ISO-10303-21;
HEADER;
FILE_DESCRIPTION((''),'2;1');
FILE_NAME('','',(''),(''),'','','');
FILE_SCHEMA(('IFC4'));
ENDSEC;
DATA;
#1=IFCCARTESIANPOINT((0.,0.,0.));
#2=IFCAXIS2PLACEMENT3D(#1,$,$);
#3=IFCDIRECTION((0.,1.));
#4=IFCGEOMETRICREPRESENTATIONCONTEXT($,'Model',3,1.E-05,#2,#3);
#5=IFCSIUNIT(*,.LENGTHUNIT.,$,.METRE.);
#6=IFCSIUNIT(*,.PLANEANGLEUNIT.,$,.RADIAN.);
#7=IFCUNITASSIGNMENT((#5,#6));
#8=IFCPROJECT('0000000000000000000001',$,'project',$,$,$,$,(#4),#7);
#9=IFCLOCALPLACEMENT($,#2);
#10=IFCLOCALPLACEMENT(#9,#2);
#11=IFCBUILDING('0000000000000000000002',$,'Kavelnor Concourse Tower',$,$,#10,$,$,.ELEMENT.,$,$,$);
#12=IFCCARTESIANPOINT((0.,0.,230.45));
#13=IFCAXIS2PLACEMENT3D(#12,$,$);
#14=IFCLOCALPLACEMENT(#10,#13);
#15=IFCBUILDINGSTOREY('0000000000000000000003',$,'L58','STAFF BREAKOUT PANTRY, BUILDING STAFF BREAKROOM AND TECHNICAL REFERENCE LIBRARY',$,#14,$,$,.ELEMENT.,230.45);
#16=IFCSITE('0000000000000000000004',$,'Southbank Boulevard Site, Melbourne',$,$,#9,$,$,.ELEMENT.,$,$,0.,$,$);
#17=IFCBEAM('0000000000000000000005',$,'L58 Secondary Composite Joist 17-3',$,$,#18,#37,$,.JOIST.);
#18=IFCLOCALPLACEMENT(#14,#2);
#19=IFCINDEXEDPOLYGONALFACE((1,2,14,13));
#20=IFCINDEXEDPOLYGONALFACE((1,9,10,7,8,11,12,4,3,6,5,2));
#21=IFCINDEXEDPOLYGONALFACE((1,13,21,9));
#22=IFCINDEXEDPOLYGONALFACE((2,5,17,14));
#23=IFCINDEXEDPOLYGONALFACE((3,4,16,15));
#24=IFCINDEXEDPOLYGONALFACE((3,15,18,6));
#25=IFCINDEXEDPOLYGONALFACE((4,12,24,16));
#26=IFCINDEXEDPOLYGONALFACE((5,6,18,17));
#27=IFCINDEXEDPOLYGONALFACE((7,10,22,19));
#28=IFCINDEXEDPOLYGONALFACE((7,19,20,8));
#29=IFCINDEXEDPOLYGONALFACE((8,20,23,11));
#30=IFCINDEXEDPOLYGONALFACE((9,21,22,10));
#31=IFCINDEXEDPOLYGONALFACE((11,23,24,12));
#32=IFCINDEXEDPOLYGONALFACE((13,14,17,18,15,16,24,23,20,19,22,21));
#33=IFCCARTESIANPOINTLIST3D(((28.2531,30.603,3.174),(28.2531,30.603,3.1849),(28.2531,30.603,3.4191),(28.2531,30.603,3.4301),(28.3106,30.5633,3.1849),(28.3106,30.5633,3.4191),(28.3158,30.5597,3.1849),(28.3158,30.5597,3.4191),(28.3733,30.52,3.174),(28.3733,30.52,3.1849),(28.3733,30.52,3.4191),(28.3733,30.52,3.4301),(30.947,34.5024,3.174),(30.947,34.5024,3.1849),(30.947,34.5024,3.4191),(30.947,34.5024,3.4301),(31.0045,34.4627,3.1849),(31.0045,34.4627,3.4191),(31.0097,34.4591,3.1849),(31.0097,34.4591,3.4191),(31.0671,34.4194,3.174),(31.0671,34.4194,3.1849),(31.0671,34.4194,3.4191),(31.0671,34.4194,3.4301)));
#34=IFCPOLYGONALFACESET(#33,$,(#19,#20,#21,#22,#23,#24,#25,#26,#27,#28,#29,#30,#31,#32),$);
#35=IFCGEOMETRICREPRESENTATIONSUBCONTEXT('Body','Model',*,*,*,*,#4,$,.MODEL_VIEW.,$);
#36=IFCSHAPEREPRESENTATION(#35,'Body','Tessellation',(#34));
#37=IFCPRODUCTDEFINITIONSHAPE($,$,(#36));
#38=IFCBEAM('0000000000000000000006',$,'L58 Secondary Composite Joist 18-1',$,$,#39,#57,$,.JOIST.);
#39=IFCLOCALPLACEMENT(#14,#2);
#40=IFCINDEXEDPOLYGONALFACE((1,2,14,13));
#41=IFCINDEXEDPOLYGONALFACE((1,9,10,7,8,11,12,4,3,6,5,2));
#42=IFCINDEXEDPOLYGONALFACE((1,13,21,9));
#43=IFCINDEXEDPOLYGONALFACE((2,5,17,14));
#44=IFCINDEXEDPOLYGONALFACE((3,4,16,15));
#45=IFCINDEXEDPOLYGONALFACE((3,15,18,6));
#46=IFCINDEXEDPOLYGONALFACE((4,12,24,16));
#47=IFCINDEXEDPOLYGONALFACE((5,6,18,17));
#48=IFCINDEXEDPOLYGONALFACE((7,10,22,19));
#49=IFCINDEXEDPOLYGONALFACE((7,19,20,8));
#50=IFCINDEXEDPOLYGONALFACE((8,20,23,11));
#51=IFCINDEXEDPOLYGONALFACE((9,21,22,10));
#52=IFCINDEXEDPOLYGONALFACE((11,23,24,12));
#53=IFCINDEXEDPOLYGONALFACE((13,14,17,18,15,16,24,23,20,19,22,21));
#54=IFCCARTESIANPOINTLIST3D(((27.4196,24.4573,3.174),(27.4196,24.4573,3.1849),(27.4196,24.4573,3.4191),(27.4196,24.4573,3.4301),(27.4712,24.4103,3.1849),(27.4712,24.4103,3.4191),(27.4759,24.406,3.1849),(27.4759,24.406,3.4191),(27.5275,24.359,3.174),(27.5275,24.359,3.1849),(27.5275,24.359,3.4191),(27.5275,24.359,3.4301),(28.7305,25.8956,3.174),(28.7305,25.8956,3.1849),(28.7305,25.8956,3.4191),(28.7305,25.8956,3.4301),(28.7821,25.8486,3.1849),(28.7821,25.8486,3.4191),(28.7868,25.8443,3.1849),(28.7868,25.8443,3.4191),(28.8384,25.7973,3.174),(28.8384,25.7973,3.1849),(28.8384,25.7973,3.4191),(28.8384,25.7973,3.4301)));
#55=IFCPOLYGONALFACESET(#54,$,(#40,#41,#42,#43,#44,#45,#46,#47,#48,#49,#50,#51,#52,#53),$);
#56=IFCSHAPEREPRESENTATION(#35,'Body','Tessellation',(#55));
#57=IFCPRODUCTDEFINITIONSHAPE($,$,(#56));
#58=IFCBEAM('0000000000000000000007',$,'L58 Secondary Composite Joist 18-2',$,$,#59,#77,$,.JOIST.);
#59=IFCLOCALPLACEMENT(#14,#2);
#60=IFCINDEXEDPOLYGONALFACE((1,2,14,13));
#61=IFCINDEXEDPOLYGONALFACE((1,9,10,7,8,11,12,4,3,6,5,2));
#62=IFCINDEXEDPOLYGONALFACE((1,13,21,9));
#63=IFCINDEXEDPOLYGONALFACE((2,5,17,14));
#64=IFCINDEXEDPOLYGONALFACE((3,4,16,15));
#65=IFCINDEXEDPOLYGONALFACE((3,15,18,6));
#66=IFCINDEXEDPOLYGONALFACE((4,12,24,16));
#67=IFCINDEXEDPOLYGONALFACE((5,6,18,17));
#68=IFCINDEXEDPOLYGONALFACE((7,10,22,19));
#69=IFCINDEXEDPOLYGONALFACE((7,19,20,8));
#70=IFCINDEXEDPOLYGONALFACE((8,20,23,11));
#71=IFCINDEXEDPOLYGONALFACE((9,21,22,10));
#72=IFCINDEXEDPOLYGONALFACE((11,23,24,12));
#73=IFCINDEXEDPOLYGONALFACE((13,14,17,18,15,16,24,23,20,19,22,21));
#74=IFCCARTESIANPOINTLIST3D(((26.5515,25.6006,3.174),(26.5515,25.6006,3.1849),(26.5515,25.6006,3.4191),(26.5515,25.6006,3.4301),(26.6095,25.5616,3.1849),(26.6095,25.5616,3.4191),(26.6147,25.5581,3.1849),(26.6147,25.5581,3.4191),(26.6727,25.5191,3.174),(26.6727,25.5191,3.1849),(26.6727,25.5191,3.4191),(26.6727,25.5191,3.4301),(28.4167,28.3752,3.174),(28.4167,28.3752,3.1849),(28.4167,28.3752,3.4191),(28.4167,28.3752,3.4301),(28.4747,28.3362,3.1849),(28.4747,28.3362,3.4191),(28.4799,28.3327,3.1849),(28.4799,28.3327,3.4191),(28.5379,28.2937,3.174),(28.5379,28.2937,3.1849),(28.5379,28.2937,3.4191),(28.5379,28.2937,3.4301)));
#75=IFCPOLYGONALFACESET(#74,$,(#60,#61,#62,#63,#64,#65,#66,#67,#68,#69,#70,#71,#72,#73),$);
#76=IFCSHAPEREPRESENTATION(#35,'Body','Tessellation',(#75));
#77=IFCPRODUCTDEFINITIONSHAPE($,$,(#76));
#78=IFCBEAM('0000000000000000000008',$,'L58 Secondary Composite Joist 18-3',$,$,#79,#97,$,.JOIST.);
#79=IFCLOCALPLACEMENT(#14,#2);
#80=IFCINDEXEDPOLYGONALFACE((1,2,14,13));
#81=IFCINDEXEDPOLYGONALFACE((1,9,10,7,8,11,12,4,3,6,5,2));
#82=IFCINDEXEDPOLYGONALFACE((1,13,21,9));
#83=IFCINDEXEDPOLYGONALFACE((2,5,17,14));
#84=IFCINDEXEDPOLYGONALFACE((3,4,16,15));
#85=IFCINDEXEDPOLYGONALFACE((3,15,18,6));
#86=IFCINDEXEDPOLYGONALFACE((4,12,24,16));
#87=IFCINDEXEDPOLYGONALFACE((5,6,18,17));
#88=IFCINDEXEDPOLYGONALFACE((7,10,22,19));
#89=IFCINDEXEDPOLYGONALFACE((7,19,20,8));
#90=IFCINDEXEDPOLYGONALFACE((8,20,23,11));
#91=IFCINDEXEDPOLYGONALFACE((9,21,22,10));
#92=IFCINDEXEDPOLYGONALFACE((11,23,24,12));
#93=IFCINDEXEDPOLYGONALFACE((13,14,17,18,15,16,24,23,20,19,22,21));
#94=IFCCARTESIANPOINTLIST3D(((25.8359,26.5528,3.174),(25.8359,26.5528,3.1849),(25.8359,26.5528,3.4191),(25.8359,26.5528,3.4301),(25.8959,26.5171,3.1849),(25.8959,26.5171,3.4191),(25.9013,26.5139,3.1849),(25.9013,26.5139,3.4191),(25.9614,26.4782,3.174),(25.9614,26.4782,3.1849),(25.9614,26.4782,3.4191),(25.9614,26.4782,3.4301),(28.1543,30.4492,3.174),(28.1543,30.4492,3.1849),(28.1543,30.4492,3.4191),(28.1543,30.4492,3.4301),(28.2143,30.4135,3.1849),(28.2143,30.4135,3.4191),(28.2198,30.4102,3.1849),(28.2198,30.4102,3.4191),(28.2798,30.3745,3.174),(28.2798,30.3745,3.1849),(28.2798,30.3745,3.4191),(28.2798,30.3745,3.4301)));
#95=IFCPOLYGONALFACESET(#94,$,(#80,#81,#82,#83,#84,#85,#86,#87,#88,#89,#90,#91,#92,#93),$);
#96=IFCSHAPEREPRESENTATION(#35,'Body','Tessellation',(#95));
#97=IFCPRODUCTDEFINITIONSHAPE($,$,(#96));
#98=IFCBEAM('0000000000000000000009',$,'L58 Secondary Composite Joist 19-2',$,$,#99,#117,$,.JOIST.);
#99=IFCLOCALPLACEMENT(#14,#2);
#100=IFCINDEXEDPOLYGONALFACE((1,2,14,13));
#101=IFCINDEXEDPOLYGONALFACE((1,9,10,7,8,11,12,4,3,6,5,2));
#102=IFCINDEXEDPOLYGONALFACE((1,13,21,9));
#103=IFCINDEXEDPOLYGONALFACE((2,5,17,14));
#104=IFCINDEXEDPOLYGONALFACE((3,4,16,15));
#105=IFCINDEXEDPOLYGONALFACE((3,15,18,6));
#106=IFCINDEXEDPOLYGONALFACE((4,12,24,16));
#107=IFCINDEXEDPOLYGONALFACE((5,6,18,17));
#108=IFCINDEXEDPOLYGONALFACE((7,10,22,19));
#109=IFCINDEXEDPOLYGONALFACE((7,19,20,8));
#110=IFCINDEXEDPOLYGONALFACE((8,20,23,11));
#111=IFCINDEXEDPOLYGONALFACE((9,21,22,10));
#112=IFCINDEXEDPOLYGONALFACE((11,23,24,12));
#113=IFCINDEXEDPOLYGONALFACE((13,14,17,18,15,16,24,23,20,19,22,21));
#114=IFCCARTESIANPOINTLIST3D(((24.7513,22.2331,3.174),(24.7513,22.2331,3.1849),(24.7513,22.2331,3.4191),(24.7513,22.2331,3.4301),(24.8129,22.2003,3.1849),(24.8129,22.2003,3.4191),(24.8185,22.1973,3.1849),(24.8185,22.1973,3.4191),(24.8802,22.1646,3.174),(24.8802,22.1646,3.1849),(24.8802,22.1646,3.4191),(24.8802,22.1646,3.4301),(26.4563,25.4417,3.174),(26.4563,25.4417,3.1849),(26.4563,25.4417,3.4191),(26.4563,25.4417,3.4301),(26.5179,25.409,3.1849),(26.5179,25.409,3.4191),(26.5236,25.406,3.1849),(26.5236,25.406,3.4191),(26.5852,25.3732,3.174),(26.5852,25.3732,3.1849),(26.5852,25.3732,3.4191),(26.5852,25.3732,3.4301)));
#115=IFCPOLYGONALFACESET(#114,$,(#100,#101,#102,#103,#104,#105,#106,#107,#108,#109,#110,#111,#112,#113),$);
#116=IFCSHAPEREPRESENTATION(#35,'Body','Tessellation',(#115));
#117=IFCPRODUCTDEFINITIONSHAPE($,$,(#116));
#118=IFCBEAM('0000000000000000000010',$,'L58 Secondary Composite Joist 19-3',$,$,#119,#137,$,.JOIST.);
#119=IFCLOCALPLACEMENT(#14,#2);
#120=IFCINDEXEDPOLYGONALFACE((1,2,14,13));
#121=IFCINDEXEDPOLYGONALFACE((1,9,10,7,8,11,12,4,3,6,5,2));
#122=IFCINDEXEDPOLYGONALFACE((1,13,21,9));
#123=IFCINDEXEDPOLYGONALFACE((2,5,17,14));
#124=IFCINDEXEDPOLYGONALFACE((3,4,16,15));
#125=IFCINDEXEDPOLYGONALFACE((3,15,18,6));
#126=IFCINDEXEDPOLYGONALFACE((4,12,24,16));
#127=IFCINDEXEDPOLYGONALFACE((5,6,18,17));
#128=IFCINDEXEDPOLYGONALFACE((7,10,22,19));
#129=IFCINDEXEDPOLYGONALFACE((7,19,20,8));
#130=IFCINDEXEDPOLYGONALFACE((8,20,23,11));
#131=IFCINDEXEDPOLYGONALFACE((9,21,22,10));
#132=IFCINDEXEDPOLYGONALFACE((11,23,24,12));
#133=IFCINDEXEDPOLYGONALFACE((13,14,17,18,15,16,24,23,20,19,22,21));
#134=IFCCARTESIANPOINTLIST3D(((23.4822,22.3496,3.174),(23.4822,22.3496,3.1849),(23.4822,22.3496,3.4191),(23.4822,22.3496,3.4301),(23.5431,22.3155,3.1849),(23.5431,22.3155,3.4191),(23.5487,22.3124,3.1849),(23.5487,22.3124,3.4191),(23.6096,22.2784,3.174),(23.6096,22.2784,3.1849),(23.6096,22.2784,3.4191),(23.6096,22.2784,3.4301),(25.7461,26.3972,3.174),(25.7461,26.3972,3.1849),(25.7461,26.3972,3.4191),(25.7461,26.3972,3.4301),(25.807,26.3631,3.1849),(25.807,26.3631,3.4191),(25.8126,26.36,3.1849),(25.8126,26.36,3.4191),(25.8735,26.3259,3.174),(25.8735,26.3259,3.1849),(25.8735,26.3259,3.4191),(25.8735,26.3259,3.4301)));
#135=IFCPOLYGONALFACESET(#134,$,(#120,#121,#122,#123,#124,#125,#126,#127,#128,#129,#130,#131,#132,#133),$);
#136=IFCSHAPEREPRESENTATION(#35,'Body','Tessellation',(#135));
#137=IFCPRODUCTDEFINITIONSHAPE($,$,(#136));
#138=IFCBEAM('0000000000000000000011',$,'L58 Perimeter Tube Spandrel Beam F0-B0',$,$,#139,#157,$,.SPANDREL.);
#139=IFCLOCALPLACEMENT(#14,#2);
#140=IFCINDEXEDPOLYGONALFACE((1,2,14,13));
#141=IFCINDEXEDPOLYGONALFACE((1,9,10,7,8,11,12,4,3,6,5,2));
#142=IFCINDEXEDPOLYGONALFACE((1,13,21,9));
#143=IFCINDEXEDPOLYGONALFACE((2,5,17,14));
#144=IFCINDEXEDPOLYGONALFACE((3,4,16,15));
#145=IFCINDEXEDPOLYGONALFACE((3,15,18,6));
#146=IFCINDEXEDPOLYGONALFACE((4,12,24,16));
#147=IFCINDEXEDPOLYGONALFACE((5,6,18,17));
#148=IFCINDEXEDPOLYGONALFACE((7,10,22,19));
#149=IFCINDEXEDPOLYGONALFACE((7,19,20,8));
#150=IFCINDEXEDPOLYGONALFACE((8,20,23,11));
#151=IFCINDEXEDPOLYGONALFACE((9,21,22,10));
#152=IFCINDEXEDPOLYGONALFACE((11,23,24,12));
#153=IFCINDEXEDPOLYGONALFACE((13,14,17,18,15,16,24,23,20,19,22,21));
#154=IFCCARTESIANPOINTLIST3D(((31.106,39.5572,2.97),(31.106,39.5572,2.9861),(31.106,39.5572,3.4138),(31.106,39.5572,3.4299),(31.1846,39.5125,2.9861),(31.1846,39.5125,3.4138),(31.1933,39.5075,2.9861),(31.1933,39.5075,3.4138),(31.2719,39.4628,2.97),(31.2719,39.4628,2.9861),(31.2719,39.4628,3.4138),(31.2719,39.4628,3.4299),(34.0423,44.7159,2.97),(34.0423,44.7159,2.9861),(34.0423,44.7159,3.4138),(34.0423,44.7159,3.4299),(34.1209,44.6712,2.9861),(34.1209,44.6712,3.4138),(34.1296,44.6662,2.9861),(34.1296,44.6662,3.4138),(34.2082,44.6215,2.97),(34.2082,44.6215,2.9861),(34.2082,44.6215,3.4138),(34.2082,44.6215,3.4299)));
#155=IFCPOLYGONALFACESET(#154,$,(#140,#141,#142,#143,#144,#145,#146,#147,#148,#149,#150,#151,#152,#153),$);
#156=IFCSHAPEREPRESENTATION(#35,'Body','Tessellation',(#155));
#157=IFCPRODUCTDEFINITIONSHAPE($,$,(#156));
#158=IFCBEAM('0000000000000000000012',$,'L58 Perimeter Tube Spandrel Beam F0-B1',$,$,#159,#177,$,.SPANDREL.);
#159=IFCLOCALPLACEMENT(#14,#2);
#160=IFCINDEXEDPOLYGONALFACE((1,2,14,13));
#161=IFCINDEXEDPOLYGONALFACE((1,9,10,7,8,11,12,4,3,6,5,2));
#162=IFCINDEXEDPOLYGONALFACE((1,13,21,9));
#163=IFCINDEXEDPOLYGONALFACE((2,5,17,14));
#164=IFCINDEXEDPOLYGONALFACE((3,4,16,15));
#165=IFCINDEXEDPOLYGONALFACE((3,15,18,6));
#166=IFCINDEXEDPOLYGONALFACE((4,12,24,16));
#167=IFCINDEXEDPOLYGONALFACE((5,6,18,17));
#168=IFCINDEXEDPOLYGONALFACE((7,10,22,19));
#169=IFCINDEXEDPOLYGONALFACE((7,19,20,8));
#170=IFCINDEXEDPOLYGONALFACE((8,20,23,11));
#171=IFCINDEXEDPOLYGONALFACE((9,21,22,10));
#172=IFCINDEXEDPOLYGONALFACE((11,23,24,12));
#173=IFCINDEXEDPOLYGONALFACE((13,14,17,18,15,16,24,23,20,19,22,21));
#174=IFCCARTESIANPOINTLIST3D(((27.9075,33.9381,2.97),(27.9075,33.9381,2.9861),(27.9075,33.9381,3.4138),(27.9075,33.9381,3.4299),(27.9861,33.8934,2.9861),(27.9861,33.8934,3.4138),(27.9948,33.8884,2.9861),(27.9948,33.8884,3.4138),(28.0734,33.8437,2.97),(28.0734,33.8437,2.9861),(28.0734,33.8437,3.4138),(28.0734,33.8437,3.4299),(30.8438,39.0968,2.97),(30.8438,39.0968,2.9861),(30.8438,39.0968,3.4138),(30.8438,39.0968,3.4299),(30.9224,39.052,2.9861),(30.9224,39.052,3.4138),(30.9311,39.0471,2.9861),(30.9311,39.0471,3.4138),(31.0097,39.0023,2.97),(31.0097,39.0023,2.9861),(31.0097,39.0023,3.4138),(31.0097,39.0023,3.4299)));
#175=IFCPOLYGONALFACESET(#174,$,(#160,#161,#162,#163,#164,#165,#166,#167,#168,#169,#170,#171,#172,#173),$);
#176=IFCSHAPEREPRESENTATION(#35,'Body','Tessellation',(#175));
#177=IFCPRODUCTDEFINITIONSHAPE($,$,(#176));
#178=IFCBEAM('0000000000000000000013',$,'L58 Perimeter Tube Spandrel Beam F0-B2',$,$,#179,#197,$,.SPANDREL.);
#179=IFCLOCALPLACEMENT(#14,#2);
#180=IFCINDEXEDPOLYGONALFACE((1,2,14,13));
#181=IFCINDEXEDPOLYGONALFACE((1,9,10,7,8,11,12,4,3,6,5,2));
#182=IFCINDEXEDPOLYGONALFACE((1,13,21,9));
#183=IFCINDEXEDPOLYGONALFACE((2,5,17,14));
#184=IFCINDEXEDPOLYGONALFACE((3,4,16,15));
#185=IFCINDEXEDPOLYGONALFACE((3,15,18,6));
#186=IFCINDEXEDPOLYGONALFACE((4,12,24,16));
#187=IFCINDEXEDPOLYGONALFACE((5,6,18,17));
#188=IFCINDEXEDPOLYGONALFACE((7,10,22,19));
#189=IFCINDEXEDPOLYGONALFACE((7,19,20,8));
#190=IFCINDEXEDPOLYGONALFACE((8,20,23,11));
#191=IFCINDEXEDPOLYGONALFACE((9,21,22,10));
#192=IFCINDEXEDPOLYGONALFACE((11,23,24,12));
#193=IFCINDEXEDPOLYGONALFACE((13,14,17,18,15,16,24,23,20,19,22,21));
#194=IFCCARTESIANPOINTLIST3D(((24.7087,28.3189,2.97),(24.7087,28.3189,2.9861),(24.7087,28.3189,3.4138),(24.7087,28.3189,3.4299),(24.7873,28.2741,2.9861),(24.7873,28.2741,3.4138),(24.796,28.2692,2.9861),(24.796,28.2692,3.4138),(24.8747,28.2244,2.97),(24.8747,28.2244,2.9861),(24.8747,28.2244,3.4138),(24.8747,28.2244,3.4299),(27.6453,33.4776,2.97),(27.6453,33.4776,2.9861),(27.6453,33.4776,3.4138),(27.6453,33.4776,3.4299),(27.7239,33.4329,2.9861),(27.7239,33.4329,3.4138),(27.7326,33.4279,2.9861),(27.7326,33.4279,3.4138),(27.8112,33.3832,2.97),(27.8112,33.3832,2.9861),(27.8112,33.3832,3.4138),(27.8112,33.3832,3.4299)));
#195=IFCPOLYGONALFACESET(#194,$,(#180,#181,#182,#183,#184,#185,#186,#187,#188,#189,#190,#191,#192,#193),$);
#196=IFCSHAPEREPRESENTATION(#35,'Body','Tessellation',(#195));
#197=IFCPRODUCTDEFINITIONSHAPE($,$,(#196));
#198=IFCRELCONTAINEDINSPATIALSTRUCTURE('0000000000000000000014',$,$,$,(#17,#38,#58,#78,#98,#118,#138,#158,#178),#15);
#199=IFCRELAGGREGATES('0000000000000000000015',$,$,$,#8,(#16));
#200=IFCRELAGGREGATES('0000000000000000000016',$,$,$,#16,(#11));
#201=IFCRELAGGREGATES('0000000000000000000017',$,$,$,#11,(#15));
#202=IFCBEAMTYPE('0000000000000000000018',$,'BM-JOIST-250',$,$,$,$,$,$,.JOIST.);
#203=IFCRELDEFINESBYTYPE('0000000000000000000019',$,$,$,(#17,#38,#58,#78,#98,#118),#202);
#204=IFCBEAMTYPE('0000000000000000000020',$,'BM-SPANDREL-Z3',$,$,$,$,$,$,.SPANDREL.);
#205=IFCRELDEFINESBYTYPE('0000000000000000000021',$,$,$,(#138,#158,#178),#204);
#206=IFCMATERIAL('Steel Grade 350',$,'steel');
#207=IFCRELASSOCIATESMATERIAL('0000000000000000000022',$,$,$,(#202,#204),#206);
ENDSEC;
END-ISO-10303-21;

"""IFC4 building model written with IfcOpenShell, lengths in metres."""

from ifc_helpers import new_model, si_unit, direction, frame, origin, origin_2d, place, context, subcontext, project, spatial, i_section, extrude, material, material_profile, profile_set, type_object, element, save


model = new_model("IFC4")

# Units and contexts
model_context = context("Model", 3, precision=1e-05, world=origin(), true_north=direction((0.0, 1.0)))
body_context = subcontext(model_context, "Body", "Model", "MODEL_VIEW")
ifc_project = project(units=[si_unit("LENGTHUNIT", "METRE"), si_unit("PLANEANGLEUNIT", "RADIAN")], contexts=[model_context])

# Site, building, storey
site_placement = place(None, origin())
site = spatial("IfcSite", under=ifc_project, at=site_placement, Name="Southbank Boulevard Site, Melbourne", CompositionType="ELEMENT", RefElevation=0.0)
building_placement = place(site_placement, origin())
building = spatial("IfcBuilding", under=site, at=building_placement, Name="Kavelnor Concourse Tower", CompositionType="ELEMENT")
storey_placement = place(building_placement, frame((0.0, 0.0, 230.45)))
storey = spatial("IfcBuildingStorey", under=building, at=storey_placement, Name="L58", Description="STAFF BREAKOUT PANTRY, BUILDING STAFF BREAKROOM AND TECHNICAL REFERENCE LIBRARY", CompositionType="ELEMENT", Elevation=230.45)

# Shared definitions
ifc_material_1 = material(Name="Steel Grade 350", Category="steel")

# Beams
ifc_material_profile_1 = material_profile(ifc_material_1, i_section(OverallWidth=0.146, OverallDepth=0.2561, WebThickness=0.0063, FlangeThickness=0.011, at=origin_2d()), Name="250UB37")
ifc_profile_set_1 = profile_set([ifc_material_profile_1], Name="Steel Grade 350")
beam_type_1 = type_object("IfcBeamType", Name="BM-JOIST-250", PredefinedType="JOIST", material=ifc_profile_set_1)
beam_1_placement = place(storey_placement, frame((31.0071, 34.4609, 3.302), z_axis=(-0.56839, -0.822759, 0.0), x_axis=(0.822759, -0.56839, 0.0)))
element("IfcBeam", 1, at=beam_1_placement, inside=storey, type_object=beam_type_1, Name="L58 Secondary Composite Joist 17-3", PredefinedType="JOIST", context=body_context, shape_type="SweptSolid", body=[
    extrude(i_section(OverallWidth=0.146, OverallDepth=0.2561, WebThickness=0.0063, FlangeThickness=0.011, at=origin_2d()), origin(), (0.0, 0.0, 1.0), 4.7395),
])
beam_2_placement = place(storey_placement, frame((28.7844, 25.8464, 3.302), z_axis=(-0.673603, -0.739094, 0.0), x_axis=(0.739094, -0.673603, 0.0)))
element("IfcBeam", 2, at=beam_2_placement, inside=storey, type_object=beam_type_1, Name="L58 Secondary Composite Joist 18-1", PredefinedType="JOIST", context=body_context, shape_type="SweptSolid", body=[
    extrude(i_section(OverallWidth=0.146, OverallDepth=0.2561, WebThickness=0.0063, FlangeThickness=0.011, at=origin_2d()), origin(), (0.0, 0.0, 1.0), 1.946),
])
beam_3_placement = place(storey_placement, frame((28.4773, 28.3345, 3.302), z_axis=(-0.557898, -0.82991, 0.0), x_axis=(0.82991, -0.557898, 0.0)))
element("IfcBeam", 3, at=beam_3_placement, inside=storey, type_object=beam_type_1, Name="L58 Secondary Composite Joist 18-2", PredefinedType="JOIST", context=body_context, shape_type="SweptSolid", body=[
    extrude(i_section(OverallWidth=0.146, OverallDepth=0.2561, WebThickness=0.0063, FlangeThickness=0.011, at=origin_2d()), origin(), (0.0, 0.0, 1.0), 3.3433),
])
beam_4_placement = place(storey_placement, frame((28.217, 30.4119, 3.302), z_axis=(-0.511348, -0.859373, 0.0), x_axis=(0.859373, -0.511348, 0.0)))
element("IfcBeam", 4, at=beam_4_placement, inside=storey, type_object=beam_type_1, Name="L58 Secondary Composite Joist 18-3", PredefinedType="JOIST", context=body_context, shape_type="SweptSolid", body=[
    extrude(i_section(OverallWidth=0.146, OverallDepth=0.2561, WebThickness=0.0063, FlangeThickness=0.011, at=origin_2d()), origin(), (0.0, 0.0, 1.0), 4.5339),
])
beam_5_placement = place(storey_placement, frame((26.5208, 25.4075, 3.302), z_axis=(-0.469249, -0.883066, 0.0), x_axis=(0.883066, -0.469249, 0.0)))
element("IfcBeam", 5, at=beam_5_placement, inside=storey, type_object=beam_type_1, Name="L58 Secondary Composite Joist 19-2", PredefinedType="JOIST", context=body_context, shape_type="SweptSolid", body=[
    extrude(i_section(OverallWidth=0.146, OverallDepth=0.2561, WebThickness=0.0063, FlangeThickness=0.011, at=origin_2d()), origin(), (0.0, 0.0, 1.0), 3.6335),
])
beam_6_placement = place(storey_placement, frame((25.8098, 26.3616, 3.302), z_axis=(-0.488153, -0.872758, 0.0), x_axis=(0.872758, -0.488153, 0.0)))
element("IfcBeam", 6, at=beam_6_placement, inside=storey, type_object=beam_type_1, Name="L58 Secondary Composite Joist 19-3", PredefinedType="JOIST", context=body_context, shape_type="SweptSolid", body=[
    extrude(i_section(OverallWidth=0.146, OverallDepth=0.2561, WebThickness=0.0063, FlangeThickness=0.011, at=origin_2d()), origin(), (0.0, 0.0, 1.0), 4.6377),
])
ifc_material_profile_2 = material_profile(ifc_material_1, i_section(OverallWidth=0.1909, OverallDepth=0.46, WebThickness=0.01, FlangeThickness=0.0161, at=origin_2d()), Name="460UB82")
ifc_profile_set_2 = profile_set([ifc_material_profile_2], Name="Steel Grade 350")
beam_type_2 = type_object("IfcBeamType", Name="BM-SPANDREL-Z3", PredefinedType="SPANDREL", material=ifc_profile_set_2)
for number, where, z_axis, x_axis, name in (
    (7, (34.1252, 44.6687, 3.2), (-0.494672, -0.86908, 0.0), (0.86908, -0.494672, 0.0), "L58 Perimeter Tube Spandrel Beam F0-B0"),
    (8, (30.9268, 39.0496, 3.2), (-0.494672, -0.86908, 0.0), (0.86908, -0.494672, 0.0), "L58 Perimeter Tube Spandrel Beam F0-B1"),
):
    element("IfcBeam", number, at=place(storey_placement, frame(where, z_axis=z_axis, x_axis=x_axis)), inside=storey, type_object=beam_type_2, Name=name, PredefinedType="SPANDREL", context=body_context, shape_type="SweptSolid", body=[
        extrude(i_section(OverallWidth=0.1909, OverallDepth=0.46, WebThickness=0.01, FlangeThickness=0.0161, at=origin_2d()), origin(), (0.0, 0.0, 1.0), 5.9358),
    ])
beam_7_placement = place(storey_placement, frame((27.7283, 33.4304, 3.2), z_axis=(-0.494703, -0.869062, 0.0), x_axis=(0.869062, -0.494703, 0.0)))
element("IfcBeam", 9, at=beam_7_placement, inside=storey, type_object=beam_type_2, Name="L58 Perimeter Tube Spandrel Beam F0-B2", PredefinedType="SPANDREL", context=body_context, shape_type="SweptSolid", body=[
    extrude(i_section(OverallWidth=0.1909, OverallDepth=0.46, WebThickness=0.01, FlangeThickness=0.0161, at=origin_2d()), origin(), (0.0, 0.0, 1.0), 5.936),
])

save(model, "model.ifc")
